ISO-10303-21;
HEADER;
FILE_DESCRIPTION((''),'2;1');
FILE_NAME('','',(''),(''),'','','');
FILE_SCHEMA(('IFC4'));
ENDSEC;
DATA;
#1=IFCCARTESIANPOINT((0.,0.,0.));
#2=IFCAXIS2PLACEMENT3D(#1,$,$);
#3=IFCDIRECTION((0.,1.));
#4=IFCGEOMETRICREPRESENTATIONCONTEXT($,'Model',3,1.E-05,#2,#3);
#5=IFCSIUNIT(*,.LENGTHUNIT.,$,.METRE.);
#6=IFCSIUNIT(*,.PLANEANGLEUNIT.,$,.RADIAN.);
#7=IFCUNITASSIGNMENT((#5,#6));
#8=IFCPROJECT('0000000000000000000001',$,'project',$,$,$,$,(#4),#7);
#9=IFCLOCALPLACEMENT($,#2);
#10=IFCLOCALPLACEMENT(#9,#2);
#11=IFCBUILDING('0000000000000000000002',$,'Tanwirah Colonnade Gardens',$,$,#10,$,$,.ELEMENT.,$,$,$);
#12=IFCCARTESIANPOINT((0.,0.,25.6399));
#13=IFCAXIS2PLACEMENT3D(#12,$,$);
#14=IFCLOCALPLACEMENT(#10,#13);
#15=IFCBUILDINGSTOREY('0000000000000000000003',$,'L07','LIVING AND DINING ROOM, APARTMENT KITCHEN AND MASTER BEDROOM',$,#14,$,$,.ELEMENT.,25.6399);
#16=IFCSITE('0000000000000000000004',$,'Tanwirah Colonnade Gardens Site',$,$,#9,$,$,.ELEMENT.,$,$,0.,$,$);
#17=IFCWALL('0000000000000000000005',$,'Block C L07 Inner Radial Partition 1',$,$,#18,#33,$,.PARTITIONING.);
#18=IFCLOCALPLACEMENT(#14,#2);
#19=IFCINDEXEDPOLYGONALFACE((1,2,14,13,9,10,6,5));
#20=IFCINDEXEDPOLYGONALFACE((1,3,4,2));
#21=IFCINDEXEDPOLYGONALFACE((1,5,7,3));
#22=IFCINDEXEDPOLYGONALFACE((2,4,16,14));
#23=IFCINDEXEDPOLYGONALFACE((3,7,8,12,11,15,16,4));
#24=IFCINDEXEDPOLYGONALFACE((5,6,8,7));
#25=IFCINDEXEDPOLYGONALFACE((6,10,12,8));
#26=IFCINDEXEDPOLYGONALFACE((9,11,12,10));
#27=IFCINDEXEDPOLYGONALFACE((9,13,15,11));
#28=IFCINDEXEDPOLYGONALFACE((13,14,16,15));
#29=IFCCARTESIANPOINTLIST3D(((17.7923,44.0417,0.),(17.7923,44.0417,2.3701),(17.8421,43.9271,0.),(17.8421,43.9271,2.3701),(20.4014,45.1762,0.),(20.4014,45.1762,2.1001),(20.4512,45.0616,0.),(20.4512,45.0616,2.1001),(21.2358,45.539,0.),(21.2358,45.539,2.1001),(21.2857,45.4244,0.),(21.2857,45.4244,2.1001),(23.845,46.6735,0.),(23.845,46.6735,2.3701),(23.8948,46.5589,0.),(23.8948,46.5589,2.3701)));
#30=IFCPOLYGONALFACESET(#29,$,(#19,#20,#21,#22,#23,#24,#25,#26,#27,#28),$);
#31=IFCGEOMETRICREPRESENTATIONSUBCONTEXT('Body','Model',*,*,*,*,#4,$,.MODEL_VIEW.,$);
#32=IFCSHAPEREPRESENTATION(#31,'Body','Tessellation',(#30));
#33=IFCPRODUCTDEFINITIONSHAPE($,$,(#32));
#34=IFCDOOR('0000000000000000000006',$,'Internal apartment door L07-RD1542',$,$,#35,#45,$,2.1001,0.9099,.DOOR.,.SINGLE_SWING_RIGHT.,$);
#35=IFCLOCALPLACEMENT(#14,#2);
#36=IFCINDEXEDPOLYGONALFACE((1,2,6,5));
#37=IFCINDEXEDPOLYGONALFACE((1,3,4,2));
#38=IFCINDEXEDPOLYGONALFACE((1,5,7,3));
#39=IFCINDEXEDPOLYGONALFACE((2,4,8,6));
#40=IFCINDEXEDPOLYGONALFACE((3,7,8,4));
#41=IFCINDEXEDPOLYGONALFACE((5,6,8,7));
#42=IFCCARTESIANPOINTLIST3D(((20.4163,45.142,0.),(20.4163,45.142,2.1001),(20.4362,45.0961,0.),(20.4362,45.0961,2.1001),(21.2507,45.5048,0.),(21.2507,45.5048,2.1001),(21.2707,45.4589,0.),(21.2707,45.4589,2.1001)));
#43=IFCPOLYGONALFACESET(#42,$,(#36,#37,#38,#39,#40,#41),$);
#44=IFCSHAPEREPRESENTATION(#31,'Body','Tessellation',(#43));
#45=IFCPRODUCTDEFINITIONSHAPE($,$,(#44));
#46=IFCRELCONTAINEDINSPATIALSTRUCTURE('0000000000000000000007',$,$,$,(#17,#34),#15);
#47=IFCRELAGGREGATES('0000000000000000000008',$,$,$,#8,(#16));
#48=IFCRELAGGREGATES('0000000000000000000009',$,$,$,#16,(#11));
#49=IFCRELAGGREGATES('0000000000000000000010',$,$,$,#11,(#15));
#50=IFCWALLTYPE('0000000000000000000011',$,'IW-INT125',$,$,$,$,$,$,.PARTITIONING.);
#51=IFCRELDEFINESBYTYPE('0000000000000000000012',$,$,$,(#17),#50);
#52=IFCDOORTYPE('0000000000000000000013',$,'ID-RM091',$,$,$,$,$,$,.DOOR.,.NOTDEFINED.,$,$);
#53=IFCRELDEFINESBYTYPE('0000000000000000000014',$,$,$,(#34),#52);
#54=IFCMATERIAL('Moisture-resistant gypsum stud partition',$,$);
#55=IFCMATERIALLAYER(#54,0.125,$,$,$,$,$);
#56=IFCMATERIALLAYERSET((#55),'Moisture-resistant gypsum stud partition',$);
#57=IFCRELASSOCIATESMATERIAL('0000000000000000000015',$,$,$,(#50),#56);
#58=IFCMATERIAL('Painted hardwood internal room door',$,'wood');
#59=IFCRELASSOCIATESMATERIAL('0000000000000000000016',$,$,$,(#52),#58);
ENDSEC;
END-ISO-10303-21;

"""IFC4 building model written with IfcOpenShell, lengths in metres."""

from ifc_helpers import new_model, si_unit, direction, frame, frame_2d, origin, place, context, subcontext, project, spatial, rectangle, extrude, material, layer, layer_set, type_object, element, fill, save


model = new_model("IFC4")

# Units and contexts
model_context = context("Model", 3, precision=1e-05, world=origin(), true_north=direction((0.0, 1.0)))
body_context = subcontext(model_context, "Body", "Model", "MODEL_VIEW")
ifc_project = project(units=[si_unit("LENGTHUNIT", "METRE"), si_unit("PLANEANGLEUNIT", "RADIAN")], contexts=[model_context])

# Site, building, storey
site_placement = place(None, origin())
site = spatial("IfcSite", under=ifc_project, at=site_placement, Name="Tanwirah Colonnade Gardens Site", CompositionType="ELEMENT", RefElevation=0.0)
building_placement = place(site_placement, origin())
building = spatial("IfcBuilding", under=site, at=building_placement, Name="Tanwirah Colonnade Gardens", CompositionType="ELEMENT")
storey_placement = place(building_placement, frame((0.0, 0.0, 25.6399)))
storey = spatial("IfcBuildingStorey", under=building, at=storey_placement, Name="L07", Description="LIVING AND DINING ROOM, APARTMENT KITCHEN AND MASTER BEDROOM", CompositionType="ELEMENT", Elevation=25.6399)

# Wall, opening, door
ifc_material_1 = material(Name="Moisture-resistant gypsum stud partition")
ifc_layer_1 = layer(ifc_material_1, 0.125)
ifc_layer_set_1 = layer_set([ifc_layer_1], Name="Moisture-resistant gypsum stud partition")
wall_type_1 = type_object("IfcWallType", Name="IW-INT125", PredefinedType="PARTITIONING", material=ifc_layer_set_1)
wall_1_placement = place(storey_placement, frame((23.8699, 46.6162, 0.0), z_axis=(0.0, 0.0, 1.0), x_axis=(-0.917058, -0.398753, 0.0)))
wall_1 = element("IfcWall", 1, at=wall_1_placement, inside=storey, type_object=wall_type_1, Name="Block C L07 Inner Radial Partition 1", PredefinedType="PARTITIONING", context=body_context, shape_type="SweptSolid", body=[
    extrude(rectangle(XDim=6.6001, YDim=0.125, at=frame_2d((3.3, 0.0))), origin(), (0.0, 0.0, 1.0), 2.3701),
])
opening_1_placement = place(wall_1_placement, frame((2.845, 0.0, 0.0)))
opening_1 = element("IfcOpeningElement", 2, at=opening_1_placement, cuts=wall_1, PredefinedType="OPENING", context=body_context, shape_type="SweptSolid", body=[
    extrude(rectangle(XDim=0.9099, YDim=2.1001, at=frame_2d((0.4551, 1.05))), frame((0.0, 0.0725, 0.0), z_axis=(0.0, -1.0, 0.0), x_axis=(1.0, 0.0, 0.0)), (0.0, 0.0, 1.0), 0.145),
])
ifc_material_2 = material(Name="Painted hardwood internal room door", Category="wood")
door_type_1 = type_object("IfcDoorType", Name="ID-RM091", OperationType="NOTDEFINED", PredefinedType="DOOR", material=ifc_material_2)
door_1_placement = place(opening_1_placement, origin())
door_1 = element("IfcDoor", 3, at=door_1_placement, inside=storey, type_object=door_type_1, Name="Internal apartment door L07-RD1542", OperationType="SINGLE_SWING_RIGHT", OverallHeight=2.1001, OverallWidth=0.9099, PredefinedType="DOOR", context=body_context, shape_type="SweptSolid", body=[
    extrude(rectangle(XDim=0.9099, YDim=2.1001, at=frame_2d((0.4551, 1.05))), frame((0.0, 0.0249, 0.0), z_axis=(0.0, -1.0, 0.0), x_axis=(1.0, 0.0, 0.0)), (0.0, 0.0, 1.0), 0.05),
])
fill(opening_1, door_1)

save(model, "model.ifc")
